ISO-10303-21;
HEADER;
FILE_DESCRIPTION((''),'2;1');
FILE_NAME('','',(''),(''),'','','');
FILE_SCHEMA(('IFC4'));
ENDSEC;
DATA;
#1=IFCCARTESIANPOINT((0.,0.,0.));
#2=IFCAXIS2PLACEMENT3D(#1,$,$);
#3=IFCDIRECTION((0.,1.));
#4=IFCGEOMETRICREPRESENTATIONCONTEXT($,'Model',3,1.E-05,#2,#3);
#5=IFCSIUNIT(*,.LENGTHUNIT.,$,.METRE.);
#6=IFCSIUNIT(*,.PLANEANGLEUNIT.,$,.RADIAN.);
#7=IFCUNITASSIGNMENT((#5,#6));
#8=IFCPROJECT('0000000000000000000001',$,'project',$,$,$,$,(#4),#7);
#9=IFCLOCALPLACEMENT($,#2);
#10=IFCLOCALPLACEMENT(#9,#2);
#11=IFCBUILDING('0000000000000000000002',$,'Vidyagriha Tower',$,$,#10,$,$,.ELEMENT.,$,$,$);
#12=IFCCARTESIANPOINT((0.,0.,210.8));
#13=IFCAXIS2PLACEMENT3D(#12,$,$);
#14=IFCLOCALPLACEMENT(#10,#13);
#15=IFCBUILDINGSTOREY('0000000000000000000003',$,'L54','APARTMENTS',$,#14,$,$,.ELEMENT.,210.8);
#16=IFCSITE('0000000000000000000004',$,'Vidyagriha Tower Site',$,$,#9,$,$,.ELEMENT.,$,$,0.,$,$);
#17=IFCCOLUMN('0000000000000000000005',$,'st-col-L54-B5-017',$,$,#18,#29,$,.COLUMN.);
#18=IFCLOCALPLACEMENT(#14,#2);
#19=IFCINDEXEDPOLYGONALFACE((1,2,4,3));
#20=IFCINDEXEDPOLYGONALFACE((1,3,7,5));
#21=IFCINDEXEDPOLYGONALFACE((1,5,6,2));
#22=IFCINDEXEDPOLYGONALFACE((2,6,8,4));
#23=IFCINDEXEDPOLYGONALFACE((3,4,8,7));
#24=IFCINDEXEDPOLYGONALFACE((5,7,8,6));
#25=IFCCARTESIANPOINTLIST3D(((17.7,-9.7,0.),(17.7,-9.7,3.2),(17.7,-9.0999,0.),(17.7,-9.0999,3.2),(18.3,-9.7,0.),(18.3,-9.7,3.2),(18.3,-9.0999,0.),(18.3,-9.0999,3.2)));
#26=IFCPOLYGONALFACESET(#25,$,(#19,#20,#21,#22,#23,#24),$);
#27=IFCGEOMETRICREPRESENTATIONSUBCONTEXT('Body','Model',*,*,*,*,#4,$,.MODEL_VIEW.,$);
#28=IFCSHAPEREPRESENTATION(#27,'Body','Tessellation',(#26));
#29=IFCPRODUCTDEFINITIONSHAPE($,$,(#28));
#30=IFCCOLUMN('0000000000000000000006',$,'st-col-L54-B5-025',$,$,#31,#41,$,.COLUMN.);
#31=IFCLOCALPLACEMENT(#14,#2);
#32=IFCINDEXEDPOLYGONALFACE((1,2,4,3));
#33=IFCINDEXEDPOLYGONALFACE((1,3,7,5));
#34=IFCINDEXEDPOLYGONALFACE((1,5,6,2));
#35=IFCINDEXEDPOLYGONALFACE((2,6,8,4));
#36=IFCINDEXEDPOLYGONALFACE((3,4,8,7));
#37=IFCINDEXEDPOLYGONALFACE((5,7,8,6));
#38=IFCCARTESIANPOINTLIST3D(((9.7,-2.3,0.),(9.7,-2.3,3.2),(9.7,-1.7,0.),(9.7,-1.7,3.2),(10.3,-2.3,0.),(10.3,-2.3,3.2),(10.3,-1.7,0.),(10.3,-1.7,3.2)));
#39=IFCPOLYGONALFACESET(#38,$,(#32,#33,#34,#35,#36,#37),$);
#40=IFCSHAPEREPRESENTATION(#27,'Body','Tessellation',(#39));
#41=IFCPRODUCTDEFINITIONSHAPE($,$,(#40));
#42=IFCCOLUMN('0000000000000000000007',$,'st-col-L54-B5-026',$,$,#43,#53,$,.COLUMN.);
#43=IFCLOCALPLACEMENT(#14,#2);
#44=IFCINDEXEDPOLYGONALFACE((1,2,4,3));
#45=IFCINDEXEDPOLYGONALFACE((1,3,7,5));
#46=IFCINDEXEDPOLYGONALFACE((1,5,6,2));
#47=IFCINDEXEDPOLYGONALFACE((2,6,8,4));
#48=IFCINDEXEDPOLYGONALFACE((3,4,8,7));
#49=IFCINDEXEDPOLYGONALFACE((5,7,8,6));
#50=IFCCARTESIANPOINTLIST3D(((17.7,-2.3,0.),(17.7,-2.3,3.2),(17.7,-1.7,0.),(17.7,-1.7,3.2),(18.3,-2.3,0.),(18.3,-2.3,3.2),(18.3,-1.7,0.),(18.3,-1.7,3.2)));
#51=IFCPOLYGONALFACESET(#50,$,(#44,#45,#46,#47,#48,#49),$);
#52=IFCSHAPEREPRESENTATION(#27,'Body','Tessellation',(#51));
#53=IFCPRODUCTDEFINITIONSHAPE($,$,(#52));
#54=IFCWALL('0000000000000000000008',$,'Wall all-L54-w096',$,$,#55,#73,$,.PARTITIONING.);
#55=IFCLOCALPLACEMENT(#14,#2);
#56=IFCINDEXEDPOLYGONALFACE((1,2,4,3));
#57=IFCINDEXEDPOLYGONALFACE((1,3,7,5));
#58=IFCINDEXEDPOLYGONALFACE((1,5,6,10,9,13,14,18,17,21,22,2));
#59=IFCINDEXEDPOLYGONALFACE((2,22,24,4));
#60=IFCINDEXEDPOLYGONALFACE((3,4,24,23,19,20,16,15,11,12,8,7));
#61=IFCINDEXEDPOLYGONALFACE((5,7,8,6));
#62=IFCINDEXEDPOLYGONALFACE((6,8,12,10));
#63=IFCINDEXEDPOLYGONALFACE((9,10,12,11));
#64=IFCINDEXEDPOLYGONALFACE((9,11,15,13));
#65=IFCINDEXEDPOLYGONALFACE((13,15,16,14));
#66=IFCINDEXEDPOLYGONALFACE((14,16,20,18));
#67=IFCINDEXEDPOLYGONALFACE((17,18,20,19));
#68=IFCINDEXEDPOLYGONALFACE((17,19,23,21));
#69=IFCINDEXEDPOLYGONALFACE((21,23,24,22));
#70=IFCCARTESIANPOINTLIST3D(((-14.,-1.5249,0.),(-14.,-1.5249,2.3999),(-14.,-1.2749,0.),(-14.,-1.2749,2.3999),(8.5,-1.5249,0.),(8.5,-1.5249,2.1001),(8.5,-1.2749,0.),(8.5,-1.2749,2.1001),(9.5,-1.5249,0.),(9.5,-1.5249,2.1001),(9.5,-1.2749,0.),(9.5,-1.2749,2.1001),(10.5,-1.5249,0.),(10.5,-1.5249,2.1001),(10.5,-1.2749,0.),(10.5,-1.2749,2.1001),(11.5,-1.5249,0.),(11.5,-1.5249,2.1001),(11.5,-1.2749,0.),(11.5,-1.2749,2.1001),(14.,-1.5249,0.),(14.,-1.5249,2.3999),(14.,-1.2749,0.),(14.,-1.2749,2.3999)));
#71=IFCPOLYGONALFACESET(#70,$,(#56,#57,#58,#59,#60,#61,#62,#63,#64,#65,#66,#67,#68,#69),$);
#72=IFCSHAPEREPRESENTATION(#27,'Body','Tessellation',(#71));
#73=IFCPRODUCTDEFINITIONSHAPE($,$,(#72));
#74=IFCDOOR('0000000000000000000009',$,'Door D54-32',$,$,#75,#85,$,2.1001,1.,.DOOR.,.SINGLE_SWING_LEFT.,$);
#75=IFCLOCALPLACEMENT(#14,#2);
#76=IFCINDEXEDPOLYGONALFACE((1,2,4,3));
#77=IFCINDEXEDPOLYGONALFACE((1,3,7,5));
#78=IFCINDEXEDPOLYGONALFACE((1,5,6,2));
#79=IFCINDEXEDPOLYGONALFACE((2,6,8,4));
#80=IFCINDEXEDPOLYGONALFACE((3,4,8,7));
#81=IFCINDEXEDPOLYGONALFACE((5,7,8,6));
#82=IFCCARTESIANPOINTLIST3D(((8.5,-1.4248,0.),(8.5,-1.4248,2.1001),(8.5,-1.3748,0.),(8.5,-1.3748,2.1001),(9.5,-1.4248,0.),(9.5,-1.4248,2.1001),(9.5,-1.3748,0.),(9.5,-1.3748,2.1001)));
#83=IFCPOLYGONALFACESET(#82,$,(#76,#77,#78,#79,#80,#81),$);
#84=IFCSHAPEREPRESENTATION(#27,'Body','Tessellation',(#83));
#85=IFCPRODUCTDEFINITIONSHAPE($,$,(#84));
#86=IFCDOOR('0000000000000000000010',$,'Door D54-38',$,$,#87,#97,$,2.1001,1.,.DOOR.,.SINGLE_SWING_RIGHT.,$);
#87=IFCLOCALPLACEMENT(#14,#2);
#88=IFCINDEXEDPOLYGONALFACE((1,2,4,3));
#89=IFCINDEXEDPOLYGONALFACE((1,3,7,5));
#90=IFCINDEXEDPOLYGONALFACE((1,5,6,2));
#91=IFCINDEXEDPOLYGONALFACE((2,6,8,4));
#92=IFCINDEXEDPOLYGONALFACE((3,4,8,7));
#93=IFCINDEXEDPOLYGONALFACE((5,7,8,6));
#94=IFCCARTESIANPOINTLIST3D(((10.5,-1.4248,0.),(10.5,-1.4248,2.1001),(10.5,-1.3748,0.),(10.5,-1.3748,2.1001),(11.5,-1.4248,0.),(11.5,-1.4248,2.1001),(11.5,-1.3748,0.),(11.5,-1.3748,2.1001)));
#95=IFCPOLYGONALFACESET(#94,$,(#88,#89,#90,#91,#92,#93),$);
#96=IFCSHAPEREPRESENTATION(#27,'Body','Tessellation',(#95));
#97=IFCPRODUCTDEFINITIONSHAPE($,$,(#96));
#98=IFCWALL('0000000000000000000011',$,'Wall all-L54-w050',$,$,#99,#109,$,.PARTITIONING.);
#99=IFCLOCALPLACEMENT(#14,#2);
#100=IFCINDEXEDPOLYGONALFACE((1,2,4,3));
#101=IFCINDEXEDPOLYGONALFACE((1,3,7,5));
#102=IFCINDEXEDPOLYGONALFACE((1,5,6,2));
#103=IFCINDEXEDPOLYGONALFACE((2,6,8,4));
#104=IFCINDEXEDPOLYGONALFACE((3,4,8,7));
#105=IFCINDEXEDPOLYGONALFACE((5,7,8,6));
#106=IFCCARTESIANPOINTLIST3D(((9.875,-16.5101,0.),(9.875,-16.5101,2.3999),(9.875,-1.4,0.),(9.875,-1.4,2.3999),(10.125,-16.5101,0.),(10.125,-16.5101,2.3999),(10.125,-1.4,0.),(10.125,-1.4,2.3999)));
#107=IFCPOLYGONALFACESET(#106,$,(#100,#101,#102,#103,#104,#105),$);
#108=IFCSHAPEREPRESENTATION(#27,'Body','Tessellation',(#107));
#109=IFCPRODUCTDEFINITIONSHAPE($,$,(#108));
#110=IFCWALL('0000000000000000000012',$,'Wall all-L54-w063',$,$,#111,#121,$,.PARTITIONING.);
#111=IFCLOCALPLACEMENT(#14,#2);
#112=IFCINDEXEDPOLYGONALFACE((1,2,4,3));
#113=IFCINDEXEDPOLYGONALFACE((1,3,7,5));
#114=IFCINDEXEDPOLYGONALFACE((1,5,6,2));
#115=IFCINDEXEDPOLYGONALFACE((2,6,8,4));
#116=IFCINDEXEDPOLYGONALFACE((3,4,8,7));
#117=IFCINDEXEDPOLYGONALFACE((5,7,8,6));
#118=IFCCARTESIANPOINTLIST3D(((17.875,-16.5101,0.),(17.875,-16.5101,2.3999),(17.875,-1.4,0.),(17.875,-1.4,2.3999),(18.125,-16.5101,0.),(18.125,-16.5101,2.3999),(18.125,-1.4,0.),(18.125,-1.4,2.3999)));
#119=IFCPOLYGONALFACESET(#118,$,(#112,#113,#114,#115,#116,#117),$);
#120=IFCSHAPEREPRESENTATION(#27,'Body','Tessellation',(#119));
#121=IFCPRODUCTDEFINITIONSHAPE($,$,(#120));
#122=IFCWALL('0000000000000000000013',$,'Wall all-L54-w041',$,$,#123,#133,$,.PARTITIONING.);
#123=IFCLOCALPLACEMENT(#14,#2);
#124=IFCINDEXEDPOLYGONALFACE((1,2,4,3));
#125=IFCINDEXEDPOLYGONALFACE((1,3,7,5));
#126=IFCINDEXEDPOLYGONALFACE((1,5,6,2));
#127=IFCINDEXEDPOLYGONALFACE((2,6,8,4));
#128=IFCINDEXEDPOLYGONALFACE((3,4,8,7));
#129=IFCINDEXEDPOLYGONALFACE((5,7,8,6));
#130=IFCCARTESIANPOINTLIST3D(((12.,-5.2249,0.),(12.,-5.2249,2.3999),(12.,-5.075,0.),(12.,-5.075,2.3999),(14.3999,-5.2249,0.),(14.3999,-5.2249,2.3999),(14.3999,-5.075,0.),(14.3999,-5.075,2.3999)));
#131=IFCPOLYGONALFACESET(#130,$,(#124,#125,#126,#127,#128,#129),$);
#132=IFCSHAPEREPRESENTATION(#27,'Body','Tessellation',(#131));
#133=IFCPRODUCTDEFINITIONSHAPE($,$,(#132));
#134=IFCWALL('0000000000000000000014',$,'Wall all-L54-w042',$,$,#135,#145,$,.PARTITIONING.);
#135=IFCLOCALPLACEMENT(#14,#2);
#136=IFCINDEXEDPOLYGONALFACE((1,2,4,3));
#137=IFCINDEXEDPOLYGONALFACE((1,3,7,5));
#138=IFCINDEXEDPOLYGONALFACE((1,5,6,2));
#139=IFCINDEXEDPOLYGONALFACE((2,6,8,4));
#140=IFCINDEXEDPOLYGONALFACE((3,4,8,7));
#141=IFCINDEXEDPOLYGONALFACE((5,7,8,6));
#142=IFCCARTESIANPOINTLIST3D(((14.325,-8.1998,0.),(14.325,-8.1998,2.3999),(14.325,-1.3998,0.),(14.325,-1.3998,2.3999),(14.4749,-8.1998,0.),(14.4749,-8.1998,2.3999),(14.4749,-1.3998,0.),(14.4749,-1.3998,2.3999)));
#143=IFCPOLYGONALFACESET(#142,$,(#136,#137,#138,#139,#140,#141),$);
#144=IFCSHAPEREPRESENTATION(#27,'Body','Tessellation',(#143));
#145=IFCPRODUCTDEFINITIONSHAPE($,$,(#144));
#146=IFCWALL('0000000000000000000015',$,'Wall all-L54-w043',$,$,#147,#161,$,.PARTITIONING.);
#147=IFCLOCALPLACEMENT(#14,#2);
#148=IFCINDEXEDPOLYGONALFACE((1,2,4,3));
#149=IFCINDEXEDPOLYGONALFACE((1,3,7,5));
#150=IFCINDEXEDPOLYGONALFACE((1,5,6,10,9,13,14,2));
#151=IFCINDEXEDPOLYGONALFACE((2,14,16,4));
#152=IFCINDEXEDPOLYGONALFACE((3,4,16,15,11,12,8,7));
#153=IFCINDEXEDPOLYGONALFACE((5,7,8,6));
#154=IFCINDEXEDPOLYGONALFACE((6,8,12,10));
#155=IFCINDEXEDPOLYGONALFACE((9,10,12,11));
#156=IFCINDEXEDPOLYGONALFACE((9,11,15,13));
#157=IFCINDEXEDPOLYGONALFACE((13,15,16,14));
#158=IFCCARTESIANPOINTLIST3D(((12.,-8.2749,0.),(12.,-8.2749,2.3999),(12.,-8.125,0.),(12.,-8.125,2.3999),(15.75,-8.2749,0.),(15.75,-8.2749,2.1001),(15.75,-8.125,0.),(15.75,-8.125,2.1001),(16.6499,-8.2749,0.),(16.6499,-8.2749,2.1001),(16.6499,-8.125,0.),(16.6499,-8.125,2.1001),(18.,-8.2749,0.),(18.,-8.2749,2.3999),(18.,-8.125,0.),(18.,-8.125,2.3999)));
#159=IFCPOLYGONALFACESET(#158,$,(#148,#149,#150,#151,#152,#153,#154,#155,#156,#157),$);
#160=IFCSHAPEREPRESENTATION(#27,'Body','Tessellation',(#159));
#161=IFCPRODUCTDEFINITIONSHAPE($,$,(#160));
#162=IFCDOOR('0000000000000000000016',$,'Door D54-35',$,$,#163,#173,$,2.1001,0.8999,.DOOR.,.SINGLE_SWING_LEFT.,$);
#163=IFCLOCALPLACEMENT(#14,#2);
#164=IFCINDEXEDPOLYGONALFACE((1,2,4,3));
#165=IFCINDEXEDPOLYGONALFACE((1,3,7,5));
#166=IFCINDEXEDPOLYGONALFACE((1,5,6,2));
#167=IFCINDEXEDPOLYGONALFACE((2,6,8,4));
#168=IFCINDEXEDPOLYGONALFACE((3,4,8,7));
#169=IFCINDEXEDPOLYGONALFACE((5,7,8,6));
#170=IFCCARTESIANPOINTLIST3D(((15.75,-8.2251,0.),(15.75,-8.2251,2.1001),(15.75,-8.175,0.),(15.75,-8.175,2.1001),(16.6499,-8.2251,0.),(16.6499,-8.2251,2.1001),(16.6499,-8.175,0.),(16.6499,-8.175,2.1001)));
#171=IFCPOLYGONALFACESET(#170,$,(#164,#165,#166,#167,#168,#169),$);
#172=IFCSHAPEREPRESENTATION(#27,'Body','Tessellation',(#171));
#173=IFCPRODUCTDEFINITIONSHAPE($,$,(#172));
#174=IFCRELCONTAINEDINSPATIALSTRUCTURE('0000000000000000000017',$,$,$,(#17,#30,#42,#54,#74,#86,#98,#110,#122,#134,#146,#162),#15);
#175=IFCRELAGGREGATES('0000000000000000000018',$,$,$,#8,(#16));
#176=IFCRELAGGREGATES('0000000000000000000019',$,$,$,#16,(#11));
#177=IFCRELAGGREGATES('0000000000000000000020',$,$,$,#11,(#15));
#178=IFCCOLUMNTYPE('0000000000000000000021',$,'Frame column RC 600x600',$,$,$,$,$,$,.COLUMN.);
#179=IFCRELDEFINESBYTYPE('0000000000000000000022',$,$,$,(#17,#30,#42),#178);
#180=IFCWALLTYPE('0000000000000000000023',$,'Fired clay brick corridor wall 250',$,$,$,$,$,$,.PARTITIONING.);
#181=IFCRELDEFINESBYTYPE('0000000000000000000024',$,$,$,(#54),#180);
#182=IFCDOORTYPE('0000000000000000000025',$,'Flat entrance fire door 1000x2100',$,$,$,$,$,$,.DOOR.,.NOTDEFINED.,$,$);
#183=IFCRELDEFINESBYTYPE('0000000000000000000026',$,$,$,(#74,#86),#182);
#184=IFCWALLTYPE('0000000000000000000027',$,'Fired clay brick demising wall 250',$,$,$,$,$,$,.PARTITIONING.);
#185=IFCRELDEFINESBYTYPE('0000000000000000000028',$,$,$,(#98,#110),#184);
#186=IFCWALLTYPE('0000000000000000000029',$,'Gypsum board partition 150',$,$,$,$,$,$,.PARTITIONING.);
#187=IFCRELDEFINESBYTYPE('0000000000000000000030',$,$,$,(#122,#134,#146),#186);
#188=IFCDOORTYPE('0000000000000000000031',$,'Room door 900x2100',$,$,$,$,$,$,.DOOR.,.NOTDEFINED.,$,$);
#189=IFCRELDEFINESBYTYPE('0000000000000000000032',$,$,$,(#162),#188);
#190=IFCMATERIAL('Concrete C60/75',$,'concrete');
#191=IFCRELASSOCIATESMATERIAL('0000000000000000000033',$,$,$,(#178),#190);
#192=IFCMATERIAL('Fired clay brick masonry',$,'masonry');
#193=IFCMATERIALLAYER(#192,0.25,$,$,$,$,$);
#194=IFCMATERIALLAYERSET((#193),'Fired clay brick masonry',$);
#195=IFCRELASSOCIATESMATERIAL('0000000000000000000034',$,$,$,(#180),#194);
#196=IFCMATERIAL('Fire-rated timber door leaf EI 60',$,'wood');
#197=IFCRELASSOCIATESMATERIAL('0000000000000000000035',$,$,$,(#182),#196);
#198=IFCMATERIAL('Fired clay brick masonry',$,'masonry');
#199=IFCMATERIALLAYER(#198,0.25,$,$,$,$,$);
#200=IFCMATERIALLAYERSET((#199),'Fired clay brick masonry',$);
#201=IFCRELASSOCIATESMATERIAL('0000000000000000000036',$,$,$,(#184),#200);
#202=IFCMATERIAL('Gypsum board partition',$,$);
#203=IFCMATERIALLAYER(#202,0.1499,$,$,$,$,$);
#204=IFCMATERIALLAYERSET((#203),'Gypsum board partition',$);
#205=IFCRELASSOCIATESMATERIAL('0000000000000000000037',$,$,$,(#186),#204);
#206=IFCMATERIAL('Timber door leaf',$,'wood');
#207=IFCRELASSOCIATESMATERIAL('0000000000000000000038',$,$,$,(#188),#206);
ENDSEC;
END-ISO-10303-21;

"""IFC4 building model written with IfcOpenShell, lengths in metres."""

from ifc_helpers import new_model, si_unit, direction, frame, frame_2d, origin, origin_2d, place, context, subcontext, project, spatial, rectangle, extrude, material, layer, layer_set, material_profile, profile_set, type_object, element, fill, save


model = new_model("IFC4")

# Units and contexts
model_context = context("Model", 3, precision=1e-05, world=origin(), true_north=direction((0.0, 1.0)))
body_context = subcontext(model_context, "Body", "Model", "MODEL_VIEW")
ifc_project = project(units=[si_unit("LENGTHUNIT", "METRE"), si_unit("PLANEANGLEUNIT", "RADIAN")], contexts=[model_context])

# Site, building, storey
site_placement = place(None, origin())
site = spatial("IfcSite", under=ifc_project, at=site_placement, Name="Vidyagriha Tower Site", CompositionType="ELEMENT", RefElevation=0.0)
building_placement = place(site_placement, origin())
building = spatial("IfcBuilding", under=site, at=building_placement, Name="Vidyagriha Tower", CompositionType="ELEMENT")
storey_placement = place(building_placement, frame((0.0, 0.0, 210.8)))
storey = spatial("IfcBuildingStorey", under=building, at=storey_placement, Name="L54", Description="APARTMENTS", CompositionType="ELEMENT", Elevation=210.8)

# Columns
ifc_material_1 = material(Name="Concrete C60/75", Category="concrete")
ifc_material_profile = material_profile(ifc_material_1, rectangle(XDim=0.6001, YDim=0.6001, at=origin_2d()), Name="RC 600x600")
ifc_profile_set = profile_set([ifc_material_profile], Name="Concrete C60/75")
column_type = type_object("IfcColumnType", Name="Frame column RC 600x600", PredefinedType="COLUMN", material=ifc_profile_set)
for number, where, name in (
    (1, (18.0, -9.3999, 0.0), "st-col-L54-B5-017"),
    (2, (10.0, -2.0, 0.0), "st-col-L54-B5-025"),
    (3, (18.0, -2.0, 0.0), "st-col-L54-B5-026"),
):
    element("IfcColumn", number, at=place(storey_placement, frame(where)), inside=storey, type_object=column_type, Name=name, PredefinedType="COLUMN", context=body_context, shape_type="SweptSolid", body=[
        extrude(rectangle(XDim=0.6001, YDim=0.6001, at=origin_2d()), origin(), (0.0, 0.0, 1.0), 3.2),
    ])

# Wall, openings, doors
ifc_material_2 = material(Name="Fired clay brick masonry", Category="masonry")
ifc_layer_1 = layer(ifc_material_2, 0.25)
ifc_layer_set_1 = layer_set([ifc_layer_1], Name="Fired clay brick masonry")
wall_type_1 = type_object("IfcWallType", Name="Fired clay brick corridor wall 250", PredefinedType="PARTITIONING", material=ifc_layer_set_1)
wall_1_placement = place(storey_placement, frame((14.0, -1.3999, 0.0), z_axis=(0.0, 0.0, 1.0), x_axis=(-1.0, 0.0, 0.0)))
wall_1 = element("IfcWall", 4, at=wall_1_placement, inside=storey, type_object=wall_type_1, Name="Wall all-L54-w096", PredefinedType="PARTITIONING", context=body_context, shape_type="SweptSolid", body=[
    extrude(rectangle(XDim=28.0, YDim=0.25, at=frame_2d((14.0, 0.0))), origin(), (0.0, 0.0, 1.0), 2.3999),
])
opening_1_placement = place(wall_1_placement, frame((4.5, 0.0, 0.0)))
opening_1 = element("IfcOpeningElement", 5, at=opening_1_placement, cuts=wall_1, PredefinedType="OPENING", context=body_context, shape_type="SweptSolid", body=[
    extrude(rectangle(XDim=1.0, YDim=2.1001, at=frame_2d((0.5, 1.05))), frame((0.0, 0.135, 0.0), z_axis=(0.0, -1.0, 0.0), x_axis=(1.0, 0.0, 0.0)), (0.0, 0.0, 1.0), 0.27),
])
opening_2_placement = place(wall_1_placement, frame((2.5, 0.0, 0.0)))
opening_2 = element("IfcOpeningElement", 6, at=opening_2_placement, cuts=wall_1, PredefinedType="OPENING", context=body_context, shape_type="SweptSolid", body=[
    extrude(rectangle(XDim=1.0, YDim=2.1001, at=frame_2d((0.5, 1.05))), frame((0.0, 0.135, 0.0), z_axis=(0.0, -1.0, 0.0), x_axis=(1.0, 0.0, 0.0)), (0.0, 0.0, 1.0), 0.27),
])
ifc_material_3 = material(Name="Fire-rated timber door leaf EI 60", Category="wood")
door_type_1 = type_object("IfcDoorType", Name="Flat entrance fire door 1000x2100", OperationType="NOTDEFINED", PredefinedType="DOOR", material=ifc_material_3)
door_1_placement = place(opening_1_placement, origin())
door_1 = element("IfcDoor", 7, at=door_1_placement, inside=storey, type_object=door_type_1, Name="Door D54-32", OperationType="SINGLE_SWING_LEFT", OverallHeight=2.1001, OverallWidth=1.0, PredefinedType="DOOR", context=body_context, shape_type="SweptSolid", body=[
    extrude(rectangle(XDim=1.0, YDim=2.1001, at=frame_2d((0.5, 1.05))), frame((0.0, 0.0249, 0.0), z_axis=(0.0, -1.0, 0.0), x_axis=(1.0, 0.0, 0.0)), (0.0, 0.0, 1.0), 0.05),
])
fill(opening_1, door_1)
door_2_placement = place(opening_2_placement, origin())
door_2 = element("IfcDoor", 8, at=door_2_placement, inside=storey, type_object=door_type_1, Name="Door D54-38", OperationType="SINGLE_SWING_RIGHT", OverallHeight=2.1001, OverallWidth=1.0, PredefinedType="DOOR", context=body_context, shape_type="SweptSolid", body=[
    extrude(rectangle(XDim=1.0, YDim=2.1001, at=frame_2d((0.5, 1.05))), frame((0.0, 0.0249, 0.0), z_axis=(0.0, -1.0, 0.0), x_axis=(1.0, 0.0, 0.0)), (0.0, 0.0, 1.0), 0.05),
])
fill(opening_2, door_2)

# Walls
ifc_material_4 = material(Name="Fired clay brick masonry", Category="masonry")
ifc_layer_2 = layer(ifc_material_4, 0.25)
ifc_layer_set_2 = layer_set([ifc_layer_2], Name="Fired clay brick masonry")
wall_type_2 = type_object("IfcWallType", Name="Fired clay brick demising wall 250", PredefinedType="PARTITIONING", material=ifc_layer_set_2)
for number, where, z_axis, x_axis, name in (
    (9, (10.0, -1.3999, 0.0), (0.0, 0.0, 1.0), (0.0, -1.0, 0.0), "Wall all-L54-w050"),
    (10, (18.0, -1.3999, 0.0), (0.0, 0.0, 1.0), (0.0, -1.0, 0.0), "Wall all-L54-w063"),
):
    element("IfcWall", number, at=place(storey_placement, frame(where, z_axis=z_axis, x_axis=x_axis)), inside=storey, type_object=wall_type_2, Name=name, PredefinedType="PARTITIONING", context=body_context, shape_type="SweptSolid", body=[
        extrude(rectangle(XDim=15.1101, YDim=0.25, at=frame_2d((7.5552, 0.0))), origin(), (0.0, 0.0, 1.0), 2.3999),
    ])
ifc_material_5 = material(Name="Gypsum board partition")
ifc_layer_3 = layer(ifc_material_5, 0.1499)
ifc_layer_set_3 = layer_set([ifc_layer_3], Name="Gypsum board partition")
wall_type_3 = type_object("IfcWallType", Name="Gypsum board partition 150", PredefinedType="PARTITIONING", material=ifc_layer_set_3)
wall_2_placement = place(storey_placement, frame((14.3999, -5.1499, 0.0), z_axis=(0.0, 0.0, 1.0), x_axis=(-1.0, 0.0, 0.0)))
element("IfcWall", 11, at=wall_2_placement, inside=storey, type_object=wall_type_3, Name="Wall all-L54-w041", PredefinedType="PARTITIONING", context=body_context, shape_type="SweptSolid", body=[
    extrude(rectangle(XDim=2.3999, YDim=0.1499, at=frame_2d((1.2, 0.0))), origin(), (0.0, 0.0, 1.0), 2.3999),
])
wall_3_placement = place(storey_placement, frame((14.3999, -1.3999, 0.0), z_axis=(0.0, 0.0, 1.0), x_axis=(0.0, -1.0, 0.0)))
element("IfcWall", 12, at=wall_3_placement, inside=storey, type_object=wall_type_3, Name="Wall all-L54-w042", PredefinedType="PARTITIONING", context=body_context, shape_type="SweptSolid", body=[
    extrude(rectangle(XDim=6.8, YDim=0.1499, at=frame_2d((3.3999, 0.0))), origin(), (0.0, 0.0, 1.0), 2.3999),
])

# Wall, opening, door
wall_4_placement = place(storey_placement, frame((12.0, -8.2, 0.0)))
wall_4 = element("IfcWall", 13, at=wall_4_placement, inside=storey, type_object=wall_type_3, Name="Wall all-L54-w043", PredefinedType="PARTITIONING", context=body_context, shape_type="SweptSolid", body=[
    extrude(rectangle(XDim=6.0, YDim=0.1499, at=frame_2d((3.0, 0.0))), origin(), (0.0, 0.0, 1.0), 2.3999),
])
opening_3_placement = place(wall_4_placement, frame((3.75, 0.0, 0.0)))
opening_3 = element("IfcOpeningElement", 14, at=opening_3_placement, cuts=wall_4, PredefinedType="OPENING", context=body_context, shape_type="SweptSolid", body=[
    extrude(rectangle(XDim=0.8999, YDim=2.1001, at=frame_2d((0.45, 1.05))), frame((0.0, 0.085, 0.0), z_axis=(0.0, -1.0, 0.0), x_axis=(1.0, 0.0, 0.0)), (0.0, 0.0, 1.0), 0.1699),
])
ifc_material_6 = material(Name="Timber door leaf", Category="wood")
door_type_2 = type_object("IfcDoorType", Name="Room door 900x2100", OperationType="NOTDEFINED", PredefinedType="DOOR", material=ifc_material_6)
door_3_placement = place(opening_3_placement, origin())
door_3 = element("IfcDoor", 15, at=door_3_placement, inside=storey, type_object=door_type_2, Name="Door D54-35", OperationType="SINGLE_SWING_LEFT", OverallHeight=2.1001, OverallWidth=0.8999, PredefinedType="DOOR", context=body_context, shape_type="SweptSolid", body=[
    extrude(rectangle(XDim=0.8999, YDim=2.1001, at=frame_2d((0.45, 1.05))), frame((0.0, 0.0249, 0.0), z_axis=(0.0, -1.0, 0.0), x_axis=(1.0, 0.0, 0.0)), (0.0, 0.0, 1.0), 0.05),
])
fill(opening_3, door_3)

save(model, "model.ifc")
